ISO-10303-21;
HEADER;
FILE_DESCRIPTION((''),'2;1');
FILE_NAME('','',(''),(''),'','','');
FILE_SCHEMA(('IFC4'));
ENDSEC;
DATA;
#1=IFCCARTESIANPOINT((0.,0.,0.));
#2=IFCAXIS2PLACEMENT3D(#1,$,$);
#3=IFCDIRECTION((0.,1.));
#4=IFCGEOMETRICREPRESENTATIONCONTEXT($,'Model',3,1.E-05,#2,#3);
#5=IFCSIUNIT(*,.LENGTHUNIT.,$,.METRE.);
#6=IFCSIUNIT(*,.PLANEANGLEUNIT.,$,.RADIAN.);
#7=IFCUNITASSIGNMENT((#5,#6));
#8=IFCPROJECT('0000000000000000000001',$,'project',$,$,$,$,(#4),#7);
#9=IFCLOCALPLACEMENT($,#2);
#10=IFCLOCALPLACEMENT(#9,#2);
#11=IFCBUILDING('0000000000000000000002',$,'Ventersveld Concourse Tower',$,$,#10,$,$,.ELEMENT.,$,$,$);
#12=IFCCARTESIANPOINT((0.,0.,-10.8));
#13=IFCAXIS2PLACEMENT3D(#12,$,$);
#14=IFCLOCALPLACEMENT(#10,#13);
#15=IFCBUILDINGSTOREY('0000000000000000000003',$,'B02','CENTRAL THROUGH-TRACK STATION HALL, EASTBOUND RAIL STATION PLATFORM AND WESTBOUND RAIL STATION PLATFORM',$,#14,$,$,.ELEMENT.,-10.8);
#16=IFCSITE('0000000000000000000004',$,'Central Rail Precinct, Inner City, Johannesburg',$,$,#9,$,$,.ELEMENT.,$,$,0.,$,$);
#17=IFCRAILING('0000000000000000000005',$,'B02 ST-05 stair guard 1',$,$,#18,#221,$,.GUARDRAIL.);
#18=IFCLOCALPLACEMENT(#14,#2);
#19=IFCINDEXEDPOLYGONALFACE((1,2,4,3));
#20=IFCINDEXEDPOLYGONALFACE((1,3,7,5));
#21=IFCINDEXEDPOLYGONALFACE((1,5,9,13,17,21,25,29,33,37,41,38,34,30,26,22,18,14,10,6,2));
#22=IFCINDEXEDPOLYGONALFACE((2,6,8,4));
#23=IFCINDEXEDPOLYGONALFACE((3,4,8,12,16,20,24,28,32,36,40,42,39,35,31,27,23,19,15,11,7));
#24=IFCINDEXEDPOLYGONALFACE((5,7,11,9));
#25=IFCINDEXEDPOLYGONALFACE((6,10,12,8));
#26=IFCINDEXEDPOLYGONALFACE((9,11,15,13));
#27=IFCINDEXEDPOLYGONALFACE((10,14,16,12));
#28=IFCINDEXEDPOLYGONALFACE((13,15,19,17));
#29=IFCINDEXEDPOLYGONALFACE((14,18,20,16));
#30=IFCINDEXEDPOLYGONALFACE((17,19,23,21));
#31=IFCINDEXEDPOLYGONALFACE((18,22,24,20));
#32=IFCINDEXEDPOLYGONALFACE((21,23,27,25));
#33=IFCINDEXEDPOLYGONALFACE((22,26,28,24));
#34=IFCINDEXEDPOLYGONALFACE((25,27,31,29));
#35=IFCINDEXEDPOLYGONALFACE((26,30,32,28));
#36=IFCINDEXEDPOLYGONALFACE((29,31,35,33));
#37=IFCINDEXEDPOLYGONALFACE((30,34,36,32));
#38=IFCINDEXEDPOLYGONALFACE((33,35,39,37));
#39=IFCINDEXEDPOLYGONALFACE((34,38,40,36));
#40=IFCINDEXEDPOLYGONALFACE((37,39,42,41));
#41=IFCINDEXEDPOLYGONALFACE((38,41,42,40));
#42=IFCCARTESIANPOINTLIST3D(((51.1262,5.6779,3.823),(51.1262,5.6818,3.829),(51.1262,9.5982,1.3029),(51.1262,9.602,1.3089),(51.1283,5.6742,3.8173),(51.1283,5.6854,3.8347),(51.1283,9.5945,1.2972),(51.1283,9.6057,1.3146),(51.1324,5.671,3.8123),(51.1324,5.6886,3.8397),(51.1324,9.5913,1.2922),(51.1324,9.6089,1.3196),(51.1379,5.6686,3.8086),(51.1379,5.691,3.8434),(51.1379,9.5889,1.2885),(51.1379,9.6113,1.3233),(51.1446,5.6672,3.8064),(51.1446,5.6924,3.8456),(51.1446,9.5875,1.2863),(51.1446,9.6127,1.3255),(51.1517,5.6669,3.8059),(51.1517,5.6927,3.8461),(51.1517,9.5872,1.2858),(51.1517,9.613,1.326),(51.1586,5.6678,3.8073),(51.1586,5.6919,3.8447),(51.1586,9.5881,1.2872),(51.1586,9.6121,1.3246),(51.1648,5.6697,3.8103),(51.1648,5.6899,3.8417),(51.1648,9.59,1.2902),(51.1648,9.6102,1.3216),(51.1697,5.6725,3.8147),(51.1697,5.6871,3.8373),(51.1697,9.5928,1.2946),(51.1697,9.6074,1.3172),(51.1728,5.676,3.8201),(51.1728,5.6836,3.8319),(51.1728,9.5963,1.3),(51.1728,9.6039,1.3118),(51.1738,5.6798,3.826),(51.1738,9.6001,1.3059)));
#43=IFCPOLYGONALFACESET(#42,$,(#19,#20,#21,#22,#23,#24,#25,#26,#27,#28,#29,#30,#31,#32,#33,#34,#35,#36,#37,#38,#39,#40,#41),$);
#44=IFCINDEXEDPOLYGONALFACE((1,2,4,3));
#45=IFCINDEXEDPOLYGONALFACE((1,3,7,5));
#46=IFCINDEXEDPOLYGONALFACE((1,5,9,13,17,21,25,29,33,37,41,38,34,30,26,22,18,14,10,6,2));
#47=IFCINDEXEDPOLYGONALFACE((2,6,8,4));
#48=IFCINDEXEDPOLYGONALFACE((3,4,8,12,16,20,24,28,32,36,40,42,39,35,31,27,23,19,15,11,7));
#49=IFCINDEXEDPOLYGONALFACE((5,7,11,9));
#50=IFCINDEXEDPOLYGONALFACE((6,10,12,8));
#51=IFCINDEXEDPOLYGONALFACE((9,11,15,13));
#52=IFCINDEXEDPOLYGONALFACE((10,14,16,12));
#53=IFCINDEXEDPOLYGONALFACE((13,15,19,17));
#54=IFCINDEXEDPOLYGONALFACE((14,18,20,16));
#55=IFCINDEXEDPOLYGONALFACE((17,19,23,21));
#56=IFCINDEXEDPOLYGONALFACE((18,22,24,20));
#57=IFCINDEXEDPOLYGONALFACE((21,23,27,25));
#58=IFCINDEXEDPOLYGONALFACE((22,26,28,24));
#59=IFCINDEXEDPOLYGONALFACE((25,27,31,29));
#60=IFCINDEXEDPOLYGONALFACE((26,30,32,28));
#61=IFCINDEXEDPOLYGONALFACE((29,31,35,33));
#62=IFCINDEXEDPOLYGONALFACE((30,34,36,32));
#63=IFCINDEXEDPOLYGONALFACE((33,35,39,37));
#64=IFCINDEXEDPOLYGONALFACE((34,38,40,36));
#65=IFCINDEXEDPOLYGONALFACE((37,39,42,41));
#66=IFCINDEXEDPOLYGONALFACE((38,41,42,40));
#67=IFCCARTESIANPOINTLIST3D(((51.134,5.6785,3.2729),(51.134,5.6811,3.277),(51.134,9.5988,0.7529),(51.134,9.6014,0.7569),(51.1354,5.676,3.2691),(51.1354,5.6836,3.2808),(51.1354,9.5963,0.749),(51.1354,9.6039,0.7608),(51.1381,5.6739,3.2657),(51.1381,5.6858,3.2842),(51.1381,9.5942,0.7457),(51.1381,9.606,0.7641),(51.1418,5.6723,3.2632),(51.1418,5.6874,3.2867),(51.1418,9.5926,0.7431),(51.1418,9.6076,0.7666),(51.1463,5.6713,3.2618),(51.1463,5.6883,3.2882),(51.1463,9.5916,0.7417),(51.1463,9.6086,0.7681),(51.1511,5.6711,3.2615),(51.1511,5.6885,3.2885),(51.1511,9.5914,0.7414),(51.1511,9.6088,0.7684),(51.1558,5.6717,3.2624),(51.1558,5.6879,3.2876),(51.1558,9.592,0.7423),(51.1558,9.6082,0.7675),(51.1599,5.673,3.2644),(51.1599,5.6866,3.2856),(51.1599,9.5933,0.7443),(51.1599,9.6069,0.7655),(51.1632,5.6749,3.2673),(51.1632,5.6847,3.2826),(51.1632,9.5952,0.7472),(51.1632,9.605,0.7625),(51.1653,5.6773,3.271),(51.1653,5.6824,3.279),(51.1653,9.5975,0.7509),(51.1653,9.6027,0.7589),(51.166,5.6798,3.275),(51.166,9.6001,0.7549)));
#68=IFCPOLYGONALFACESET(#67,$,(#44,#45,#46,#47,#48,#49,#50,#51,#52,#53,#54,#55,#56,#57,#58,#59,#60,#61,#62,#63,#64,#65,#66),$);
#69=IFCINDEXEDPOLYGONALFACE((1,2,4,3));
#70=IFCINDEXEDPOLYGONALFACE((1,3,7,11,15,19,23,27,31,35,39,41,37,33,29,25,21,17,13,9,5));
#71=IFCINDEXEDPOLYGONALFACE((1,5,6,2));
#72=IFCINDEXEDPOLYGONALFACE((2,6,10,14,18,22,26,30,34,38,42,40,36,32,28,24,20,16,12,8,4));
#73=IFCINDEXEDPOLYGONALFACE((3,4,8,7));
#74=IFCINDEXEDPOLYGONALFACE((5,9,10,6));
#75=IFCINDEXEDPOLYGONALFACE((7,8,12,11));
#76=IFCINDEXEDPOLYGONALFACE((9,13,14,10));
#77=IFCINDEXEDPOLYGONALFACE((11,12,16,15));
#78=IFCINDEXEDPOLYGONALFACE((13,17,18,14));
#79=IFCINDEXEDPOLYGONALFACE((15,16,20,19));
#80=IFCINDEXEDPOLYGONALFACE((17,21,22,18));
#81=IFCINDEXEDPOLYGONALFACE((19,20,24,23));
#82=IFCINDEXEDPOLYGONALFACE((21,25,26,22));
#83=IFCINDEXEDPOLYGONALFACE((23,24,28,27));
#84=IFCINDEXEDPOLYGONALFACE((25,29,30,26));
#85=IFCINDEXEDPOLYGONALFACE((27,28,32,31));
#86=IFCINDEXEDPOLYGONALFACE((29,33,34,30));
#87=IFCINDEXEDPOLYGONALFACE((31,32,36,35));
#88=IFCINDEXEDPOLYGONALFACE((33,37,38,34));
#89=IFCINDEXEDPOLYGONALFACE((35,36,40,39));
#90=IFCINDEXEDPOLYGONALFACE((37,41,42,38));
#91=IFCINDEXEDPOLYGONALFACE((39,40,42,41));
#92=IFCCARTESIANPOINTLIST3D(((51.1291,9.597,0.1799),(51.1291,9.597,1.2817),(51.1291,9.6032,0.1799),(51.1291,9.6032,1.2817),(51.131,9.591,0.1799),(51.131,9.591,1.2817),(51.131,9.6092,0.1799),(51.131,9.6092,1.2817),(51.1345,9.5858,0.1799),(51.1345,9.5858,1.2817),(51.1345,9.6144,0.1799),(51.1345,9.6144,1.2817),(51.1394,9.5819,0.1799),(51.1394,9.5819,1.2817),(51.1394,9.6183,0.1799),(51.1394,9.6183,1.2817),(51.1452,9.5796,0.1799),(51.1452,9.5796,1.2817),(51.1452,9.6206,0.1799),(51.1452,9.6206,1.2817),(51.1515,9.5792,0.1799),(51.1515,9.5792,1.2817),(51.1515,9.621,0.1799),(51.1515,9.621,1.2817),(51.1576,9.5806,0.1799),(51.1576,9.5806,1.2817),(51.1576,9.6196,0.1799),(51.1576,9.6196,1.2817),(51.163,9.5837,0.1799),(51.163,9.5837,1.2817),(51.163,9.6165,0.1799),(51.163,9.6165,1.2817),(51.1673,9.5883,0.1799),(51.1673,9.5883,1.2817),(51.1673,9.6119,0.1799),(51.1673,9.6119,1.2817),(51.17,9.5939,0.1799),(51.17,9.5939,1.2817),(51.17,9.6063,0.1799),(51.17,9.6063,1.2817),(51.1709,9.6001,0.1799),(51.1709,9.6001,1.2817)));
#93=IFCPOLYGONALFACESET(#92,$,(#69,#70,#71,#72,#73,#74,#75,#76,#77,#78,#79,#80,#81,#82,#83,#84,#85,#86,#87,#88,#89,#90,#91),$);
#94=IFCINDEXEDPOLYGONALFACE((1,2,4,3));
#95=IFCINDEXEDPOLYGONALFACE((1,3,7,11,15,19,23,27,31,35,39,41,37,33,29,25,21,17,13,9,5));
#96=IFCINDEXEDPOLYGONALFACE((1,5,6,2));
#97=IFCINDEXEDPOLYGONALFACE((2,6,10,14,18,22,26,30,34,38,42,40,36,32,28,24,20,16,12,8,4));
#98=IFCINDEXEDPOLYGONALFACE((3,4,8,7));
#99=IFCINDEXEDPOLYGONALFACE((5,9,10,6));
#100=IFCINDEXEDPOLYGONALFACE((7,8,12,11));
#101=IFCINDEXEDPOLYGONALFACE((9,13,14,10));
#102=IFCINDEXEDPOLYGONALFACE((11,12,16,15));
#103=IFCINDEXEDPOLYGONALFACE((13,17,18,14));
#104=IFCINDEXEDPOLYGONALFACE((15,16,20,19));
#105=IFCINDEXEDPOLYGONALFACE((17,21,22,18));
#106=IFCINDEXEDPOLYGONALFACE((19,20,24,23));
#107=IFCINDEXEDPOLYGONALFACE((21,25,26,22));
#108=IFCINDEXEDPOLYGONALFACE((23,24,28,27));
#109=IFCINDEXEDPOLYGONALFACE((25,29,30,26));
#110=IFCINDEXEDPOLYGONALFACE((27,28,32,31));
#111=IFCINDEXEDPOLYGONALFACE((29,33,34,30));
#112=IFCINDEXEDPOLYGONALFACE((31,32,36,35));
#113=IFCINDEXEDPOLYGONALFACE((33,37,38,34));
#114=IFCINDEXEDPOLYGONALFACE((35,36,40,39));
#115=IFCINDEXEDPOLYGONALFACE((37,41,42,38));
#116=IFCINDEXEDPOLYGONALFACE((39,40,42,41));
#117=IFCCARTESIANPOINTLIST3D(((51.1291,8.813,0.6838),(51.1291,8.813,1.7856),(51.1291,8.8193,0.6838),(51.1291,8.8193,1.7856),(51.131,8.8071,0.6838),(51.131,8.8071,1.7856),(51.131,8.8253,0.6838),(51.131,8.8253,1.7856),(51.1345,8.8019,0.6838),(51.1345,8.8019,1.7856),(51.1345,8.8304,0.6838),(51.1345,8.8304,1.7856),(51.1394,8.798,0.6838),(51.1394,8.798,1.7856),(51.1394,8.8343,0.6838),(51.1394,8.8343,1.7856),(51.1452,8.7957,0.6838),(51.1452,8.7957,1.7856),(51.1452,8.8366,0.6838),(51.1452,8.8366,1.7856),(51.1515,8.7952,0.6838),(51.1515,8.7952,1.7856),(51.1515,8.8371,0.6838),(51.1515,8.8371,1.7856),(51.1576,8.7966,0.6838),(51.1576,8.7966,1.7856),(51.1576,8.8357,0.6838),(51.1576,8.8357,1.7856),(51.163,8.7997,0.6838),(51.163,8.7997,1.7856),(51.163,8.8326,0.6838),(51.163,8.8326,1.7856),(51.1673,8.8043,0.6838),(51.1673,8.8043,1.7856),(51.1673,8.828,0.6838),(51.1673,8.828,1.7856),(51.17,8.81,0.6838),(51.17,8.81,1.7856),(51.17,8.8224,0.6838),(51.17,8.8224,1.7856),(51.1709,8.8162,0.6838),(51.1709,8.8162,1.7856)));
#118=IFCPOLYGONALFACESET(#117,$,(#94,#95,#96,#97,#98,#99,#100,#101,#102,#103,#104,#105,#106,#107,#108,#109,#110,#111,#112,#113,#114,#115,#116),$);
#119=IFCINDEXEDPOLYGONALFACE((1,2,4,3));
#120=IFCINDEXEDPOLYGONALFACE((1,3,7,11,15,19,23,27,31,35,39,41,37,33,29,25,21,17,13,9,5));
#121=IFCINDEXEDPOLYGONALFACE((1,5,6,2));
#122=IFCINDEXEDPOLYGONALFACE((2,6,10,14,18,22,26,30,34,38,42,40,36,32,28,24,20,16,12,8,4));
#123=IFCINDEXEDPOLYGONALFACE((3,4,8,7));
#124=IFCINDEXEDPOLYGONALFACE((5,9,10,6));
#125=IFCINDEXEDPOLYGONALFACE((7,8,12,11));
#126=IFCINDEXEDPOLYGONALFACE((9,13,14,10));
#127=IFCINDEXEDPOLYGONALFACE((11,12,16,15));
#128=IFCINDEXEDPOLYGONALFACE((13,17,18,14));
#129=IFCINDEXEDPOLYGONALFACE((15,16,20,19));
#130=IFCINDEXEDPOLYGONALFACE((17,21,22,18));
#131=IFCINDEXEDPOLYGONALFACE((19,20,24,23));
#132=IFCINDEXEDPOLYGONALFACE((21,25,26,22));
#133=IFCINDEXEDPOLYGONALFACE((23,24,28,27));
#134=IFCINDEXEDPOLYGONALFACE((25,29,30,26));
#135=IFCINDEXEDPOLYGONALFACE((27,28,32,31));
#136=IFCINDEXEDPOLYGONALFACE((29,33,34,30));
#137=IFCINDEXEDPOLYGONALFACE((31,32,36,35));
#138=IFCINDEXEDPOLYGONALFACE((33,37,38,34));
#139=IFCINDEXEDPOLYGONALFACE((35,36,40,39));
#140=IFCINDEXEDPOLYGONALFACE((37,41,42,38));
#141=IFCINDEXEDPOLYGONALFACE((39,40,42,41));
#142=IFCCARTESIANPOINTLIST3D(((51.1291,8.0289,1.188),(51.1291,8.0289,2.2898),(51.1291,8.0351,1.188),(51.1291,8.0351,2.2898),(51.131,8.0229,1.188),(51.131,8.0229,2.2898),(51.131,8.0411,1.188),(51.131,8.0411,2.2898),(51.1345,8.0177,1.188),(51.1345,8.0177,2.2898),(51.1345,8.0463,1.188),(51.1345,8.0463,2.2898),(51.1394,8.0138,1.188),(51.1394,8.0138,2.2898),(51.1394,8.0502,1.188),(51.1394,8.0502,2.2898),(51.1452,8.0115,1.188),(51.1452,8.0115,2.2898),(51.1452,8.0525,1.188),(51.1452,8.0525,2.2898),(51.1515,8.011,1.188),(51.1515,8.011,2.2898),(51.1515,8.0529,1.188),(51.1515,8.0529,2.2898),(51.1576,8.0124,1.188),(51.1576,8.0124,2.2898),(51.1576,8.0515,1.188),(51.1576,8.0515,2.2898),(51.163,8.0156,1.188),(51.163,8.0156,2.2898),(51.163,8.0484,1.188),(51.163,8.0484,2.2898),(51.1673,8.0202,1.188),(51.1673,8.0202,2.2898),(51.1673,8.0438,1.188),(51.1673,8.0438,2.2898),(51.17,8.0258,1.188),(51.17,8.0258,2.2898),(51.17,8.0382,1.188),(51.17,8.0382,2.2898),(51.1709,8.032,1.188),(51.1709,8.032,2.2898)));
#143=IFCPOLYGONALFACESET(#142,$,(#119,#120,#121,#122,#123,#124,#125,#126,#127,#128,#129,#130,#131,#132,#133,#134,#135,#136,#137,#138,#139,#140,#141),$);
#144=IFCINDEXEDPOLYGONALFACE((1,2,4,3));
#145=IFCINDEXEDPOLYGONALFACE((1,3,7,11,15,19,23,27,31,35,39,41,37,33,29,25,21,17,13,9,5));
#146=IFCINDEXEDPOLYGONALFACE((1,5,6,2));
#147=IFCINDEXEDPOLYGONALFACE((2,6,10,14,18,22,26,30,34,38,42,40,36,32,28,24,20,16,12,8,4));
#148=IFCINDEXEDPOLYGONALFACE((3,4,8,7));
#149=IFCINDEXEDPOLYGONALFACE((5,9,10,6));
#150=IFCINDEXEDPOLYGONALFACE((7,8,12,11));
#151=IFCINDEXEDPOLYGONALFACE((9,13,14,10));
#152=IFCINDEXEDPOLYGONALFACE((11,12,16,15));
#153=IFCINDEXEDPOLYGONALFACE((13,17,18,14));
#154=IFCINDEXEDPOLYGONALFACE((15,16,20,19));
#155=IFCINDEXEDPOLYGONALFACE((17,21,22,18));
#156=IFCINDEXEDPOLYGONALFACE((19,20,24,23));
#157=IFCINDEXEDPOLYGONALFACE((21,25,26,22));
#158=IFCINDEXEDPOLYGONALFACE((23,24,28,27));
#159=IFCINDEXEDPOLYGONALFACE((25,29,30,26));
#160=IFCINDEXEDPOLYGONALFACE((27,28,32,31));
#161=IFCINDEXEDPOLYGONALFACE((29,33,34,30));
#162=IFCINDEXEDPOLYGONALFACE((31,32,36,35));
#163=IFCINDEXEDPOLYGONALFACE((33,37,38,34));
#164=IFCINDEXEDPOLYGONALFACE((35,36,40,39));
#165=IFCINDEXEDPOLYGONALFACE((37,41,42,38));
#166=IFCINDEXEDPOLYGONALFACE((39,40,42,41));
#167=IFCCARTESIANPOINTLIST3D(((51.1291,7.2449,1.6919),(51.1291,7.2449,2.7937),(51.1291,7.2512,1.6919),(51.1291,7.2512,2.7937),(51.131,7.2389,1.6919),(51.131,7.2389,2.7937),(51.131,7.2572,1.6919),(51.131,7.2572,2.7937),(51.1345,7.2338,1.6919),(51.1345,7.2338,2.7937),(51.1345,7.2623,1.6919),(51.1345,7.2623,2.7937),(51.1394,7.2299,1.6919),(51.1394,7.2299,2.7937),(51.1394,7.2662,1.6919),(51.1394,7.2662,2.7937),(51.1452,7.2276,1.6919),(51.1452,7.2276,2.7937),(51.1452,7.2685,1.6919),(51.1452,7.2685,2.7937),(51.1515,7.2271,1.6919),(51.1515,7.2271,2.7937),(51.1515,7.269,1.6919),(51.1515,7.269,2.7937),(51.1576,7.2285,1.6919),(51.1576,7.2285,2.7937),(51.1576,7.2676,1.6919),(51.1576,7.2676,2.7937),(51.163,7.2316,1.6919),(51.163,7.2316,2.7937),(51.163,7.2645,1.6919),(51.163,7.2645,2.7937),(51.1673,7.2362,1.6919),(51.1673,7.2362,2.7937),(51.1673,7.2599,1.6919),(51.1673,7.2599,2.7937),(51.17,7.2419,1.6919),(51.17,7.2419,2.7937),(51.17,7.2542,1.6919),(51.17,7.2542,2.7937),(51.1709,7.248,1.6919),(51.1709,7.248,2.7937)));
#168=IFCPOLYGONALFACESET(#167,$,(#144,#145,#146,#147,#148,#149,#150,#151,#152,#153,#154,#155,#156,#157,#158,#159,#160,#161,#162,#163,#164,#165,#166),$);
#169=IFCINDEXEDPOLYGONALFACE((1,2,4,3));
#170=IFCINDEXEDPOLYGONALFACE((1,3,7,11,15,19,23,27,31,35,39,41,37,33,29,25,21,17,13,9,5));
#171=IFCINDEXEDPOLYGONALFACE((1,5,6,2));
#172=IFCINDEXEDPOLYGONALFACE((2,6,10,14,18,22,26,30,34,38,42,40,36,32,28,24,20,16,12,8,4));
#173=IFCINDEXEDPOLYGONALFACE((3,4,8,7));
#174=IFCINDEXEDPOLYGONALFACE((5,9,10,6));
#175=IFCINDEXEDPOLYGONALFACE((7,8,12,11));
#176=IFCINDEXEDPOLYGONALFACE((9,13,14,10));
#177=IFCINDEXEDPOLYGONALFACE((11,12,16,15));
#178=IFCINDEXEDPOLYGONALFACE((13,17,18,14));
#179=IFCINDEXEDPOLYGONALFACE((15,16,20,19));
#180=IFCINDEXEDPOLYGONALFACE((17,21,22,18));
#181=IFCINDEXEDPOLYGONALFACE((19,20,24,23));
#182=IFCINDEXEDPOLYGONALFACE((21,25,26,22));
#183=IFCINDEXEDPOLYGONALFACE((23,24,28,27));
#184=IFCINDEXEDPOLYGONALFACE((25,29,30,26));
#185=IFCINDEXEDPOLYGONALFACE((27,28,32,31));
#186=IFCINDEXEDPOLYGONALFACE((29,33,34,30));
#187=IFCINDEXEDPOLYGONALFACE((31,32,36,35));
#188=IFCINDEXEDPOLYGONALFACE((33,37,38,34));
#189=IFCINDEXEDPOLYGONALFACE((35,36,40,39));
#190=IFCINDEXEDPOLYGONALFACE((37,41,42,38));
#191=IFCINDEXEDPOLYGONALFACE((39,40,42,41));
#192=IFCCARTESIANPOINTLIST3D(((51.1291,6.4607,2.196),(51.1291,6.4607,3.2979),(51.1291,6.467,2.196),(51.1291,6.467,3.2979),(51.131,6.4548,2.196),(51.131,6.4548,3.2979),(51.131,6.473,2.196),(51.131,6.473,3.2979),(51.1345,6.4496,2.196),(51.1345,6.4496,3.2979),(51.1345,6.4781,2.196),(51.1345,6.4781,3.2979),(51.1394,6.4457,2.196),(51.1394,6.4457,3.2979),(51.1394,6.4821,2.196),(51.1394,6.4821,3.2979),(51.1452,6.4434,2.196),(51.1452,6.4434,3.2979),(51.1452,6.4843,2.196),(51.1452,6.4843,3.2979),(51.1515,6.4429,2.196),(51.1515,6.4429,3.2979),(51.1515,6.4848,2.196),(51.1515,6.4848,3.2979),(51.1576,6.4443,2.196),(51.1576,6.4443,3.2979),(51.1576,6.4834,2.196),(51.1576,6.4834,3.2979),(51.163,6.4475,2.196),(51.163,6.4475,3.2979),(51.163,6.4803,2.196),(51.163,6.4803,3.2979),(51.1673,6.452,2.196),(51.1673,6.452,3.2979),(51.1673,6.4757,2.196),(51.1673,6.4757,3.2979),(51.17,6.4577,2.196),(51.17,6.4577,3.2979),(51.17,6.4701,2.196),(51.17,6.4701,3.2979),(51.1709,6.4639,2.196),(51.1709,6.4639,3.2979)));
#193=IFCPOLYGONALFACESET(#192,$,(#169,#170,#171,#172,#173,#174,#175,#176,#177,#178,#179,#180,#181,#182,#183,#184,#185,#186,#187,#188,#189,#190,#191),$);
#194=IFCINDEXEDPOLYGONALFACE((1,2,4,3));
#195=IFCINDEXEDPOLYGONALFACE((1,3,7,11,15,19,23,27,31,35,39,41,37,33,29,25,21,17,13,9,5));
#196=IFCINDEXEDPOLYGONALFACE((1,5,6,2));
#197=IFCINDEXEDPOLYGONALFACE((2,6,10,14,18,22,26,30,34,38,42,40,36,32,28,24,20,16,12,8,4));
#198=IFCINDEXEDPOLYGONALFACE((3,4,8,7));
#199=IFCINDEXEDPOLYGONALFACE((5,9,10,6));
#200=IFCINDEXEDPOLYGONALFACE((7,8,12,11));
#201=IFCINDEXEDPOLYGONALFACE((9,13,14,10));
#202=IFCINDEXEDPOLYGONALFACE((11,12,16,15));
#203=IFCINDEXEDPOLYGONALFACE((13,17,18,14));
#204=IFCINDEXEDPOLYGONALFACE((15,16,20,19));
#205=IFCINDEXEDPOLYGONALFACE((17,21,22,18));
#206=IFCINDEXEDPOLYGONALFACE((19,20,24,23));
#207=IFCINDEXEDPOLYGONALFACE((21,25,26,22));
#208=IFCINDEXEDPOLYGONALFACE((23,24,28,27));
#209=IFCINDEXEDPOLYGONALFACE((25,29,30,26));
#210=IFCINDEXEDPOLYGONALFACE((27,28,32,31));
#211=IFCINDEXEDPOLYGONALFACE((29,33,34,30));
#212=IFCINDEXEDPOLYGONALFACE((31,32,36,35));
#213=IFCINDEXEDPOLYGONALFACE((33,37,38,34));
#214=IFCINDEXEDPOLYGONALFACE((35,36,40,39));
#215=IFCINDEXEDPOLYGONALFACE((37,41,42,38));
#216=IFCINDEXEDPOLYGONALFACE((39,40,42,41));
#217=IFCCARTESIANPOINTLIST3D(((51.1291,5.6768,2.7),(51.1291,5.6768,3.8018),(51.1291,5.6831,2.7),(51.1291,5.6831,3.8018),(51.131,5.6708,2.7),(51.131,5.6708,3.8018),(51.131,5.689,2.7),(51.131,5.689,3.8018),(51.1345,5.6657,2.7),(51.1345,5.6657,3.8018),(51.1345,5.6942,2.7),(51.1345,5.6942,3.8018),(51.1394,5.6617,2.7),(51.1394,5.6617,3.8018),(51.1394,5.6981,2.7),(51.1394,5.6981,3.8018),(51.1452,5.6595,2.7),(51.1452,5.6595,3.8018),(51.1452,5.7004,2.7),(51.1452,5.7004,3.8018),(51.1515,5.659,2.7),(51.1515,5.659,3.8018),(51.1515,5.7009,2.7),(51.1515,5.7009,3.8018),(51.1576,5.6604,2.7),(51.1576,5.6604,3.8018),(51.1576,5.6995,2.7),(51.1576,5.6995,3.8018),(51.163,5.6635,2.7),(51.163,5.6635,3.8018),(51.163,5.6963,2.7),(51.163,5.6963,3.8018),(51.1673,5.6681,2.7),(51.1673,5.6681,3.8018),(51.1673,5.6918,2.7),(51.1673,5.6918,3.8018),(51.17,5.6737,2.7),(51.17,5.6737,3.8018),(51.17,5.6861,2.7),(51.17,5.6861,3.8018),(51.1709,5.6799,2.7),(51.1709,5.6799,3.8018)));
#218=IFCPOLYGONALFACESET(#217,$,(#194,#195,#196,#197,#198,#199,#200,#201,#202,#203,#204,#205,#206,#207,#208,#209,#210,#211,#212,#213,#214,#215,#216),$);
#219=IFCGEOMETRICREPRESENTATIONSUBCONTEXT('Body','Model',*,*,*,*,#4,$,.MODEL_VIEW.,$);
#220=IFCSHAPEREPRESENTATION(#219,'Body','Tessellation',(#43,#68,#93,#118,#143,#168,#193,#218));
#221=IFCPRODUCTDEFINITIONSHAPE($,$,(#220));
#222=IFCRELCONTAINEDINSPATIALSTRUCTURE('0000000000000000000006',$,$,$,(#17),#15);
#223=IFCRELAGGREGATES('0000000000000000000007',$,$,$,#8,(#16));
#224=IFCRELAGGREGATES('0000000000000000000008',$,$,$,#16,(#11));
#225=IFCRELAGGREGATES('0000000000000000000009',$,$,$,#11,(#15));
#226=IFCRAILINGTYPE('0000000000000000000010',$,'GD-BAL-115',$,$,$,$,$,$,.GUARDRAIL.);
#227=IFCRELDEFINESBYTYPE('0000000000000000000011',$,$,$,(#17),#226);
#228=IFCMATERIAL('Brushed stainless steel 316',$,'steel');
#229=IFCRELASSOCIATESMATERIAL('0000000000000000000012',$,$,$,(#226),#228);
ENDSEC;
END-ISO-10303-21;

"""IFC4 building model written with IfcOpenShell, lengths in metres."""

from ifc_helpers import new_model, si_unit, direction, frame, origin, origin_2d, place, context, subcontext, project, spatial, circle, extrude, material, type_object, element, save


model = new_model("IFC4")

# Units and contexts
model_context = context("Model", 3, precision=1e-05, world=origin(), true_north=direction((0.0, 1.0)))
body_context = subcontext(model_context, "Body", "Model", "MODEL_VIEW")
ifc_project = project(units=[si_unit("LENGTHUNIT", "METRE"), si_unit("PLANEANGLEUNIT", "RADIAN")], contexts=[model_context])

# Site, building, storey
site_placement = place(None, origin())
site = spatial("IfcSite", under=ifc_project, at=site_placement, Name="Central Rail Precinct, Inner City, Johannesburg", CompositionType="ELEMENT", RefElevation=0.0)
building_placement = place(site_placement, origin())
building = spatial("IfcBuilding", under=site, at=building_placement, Name="Ventersveld Concourse Tower", CompositionType="ELEMENT")
storey_placement = place(building_placement, frame((0.0, 0.0, -10.8)))
storey = spatial("IfcBuildingStorey", under=building, at=storey_placement, Name="B02", Description="CENTRAL THROUGH-TRACK STATION HALL, EASTBOUND RAIL STATION PLATFORM AND WESTBOUND RAIL STATION PLATFORM", CompositionType="ELEMENT", Elevation=-10.8)

# Railing
ifc_material_1 = material(Name="Brushed stainless steel 316", Category="steel")
railing_type_1 = type_object("IfcRailingType", Name="GD-BAL-115", PredefinedType="GUARDRAIL", material=ifc_material_1)
railing_1_placement = place(storey_placement, frame((51.1499, 9.6001, 0.1799)))
element("IfcRailing", 1, at=railing_1_placement, inside=storey, type_object=railing_type_1, Name="B02 ST-05 stair guard 1", PredefinedType="GUARDRAIL", context=body_context, shape_type="SweptSolid", body=[
    extrude(circle(Radius=0.0239, at=origin_2d()), frame((0.0, 0.0, 1.126), z_axis=(0.0, -0.841187, 0.540744), x_axis=(1.0, 0.0, 0.0)), (0.0, 0.0, 1.0), 4.6604),
    extrude(circle(Radius=0.0161, at=origin_2d()), frame((0.0, 0.0, 0.575), z_axis=(0.0, -0.841187, 0.540744), x_axis=(1.0, 0.0, 0.0)), (0.0, 0.0, 1.0), 4.6604),
    extrude(circle(Radius=0.021, at=origin_2d()), origin(), (0.0, 0.0, 1.0), 1.1018),
    extrude(circle(Radius=0.021, at=origin_2d()), frame((0.0, -0.7839, 0.5039)), (0.0, 0.0, 1.0), 1.1018),
    extrude(circle(Radius=0.021, at=origin_2d()), frame((0.0, -1.5681, 1.0081)), (0.0, 0.0, 1.0), 1.1018),
    extrude(circle(Radius=0.021, at=origin_2d()), frame((0.0, -2.3521, 1.512)), (0.0, 0.0, 1.0), 1.1018),
    extrude(circle(Radius=0.021, at=origin_2d()), frame((0.0, -3.1362, 2.0161)), (0.0, 0.0, 1.0), 1.1018),
    extrude(circle(Radius=0.021, at=origin_2d()), frame((0.0, -3.9202, 2.52)), (0.0, 0.0, 1.0), 1.1018),
])

save(model, "model.ifc")
